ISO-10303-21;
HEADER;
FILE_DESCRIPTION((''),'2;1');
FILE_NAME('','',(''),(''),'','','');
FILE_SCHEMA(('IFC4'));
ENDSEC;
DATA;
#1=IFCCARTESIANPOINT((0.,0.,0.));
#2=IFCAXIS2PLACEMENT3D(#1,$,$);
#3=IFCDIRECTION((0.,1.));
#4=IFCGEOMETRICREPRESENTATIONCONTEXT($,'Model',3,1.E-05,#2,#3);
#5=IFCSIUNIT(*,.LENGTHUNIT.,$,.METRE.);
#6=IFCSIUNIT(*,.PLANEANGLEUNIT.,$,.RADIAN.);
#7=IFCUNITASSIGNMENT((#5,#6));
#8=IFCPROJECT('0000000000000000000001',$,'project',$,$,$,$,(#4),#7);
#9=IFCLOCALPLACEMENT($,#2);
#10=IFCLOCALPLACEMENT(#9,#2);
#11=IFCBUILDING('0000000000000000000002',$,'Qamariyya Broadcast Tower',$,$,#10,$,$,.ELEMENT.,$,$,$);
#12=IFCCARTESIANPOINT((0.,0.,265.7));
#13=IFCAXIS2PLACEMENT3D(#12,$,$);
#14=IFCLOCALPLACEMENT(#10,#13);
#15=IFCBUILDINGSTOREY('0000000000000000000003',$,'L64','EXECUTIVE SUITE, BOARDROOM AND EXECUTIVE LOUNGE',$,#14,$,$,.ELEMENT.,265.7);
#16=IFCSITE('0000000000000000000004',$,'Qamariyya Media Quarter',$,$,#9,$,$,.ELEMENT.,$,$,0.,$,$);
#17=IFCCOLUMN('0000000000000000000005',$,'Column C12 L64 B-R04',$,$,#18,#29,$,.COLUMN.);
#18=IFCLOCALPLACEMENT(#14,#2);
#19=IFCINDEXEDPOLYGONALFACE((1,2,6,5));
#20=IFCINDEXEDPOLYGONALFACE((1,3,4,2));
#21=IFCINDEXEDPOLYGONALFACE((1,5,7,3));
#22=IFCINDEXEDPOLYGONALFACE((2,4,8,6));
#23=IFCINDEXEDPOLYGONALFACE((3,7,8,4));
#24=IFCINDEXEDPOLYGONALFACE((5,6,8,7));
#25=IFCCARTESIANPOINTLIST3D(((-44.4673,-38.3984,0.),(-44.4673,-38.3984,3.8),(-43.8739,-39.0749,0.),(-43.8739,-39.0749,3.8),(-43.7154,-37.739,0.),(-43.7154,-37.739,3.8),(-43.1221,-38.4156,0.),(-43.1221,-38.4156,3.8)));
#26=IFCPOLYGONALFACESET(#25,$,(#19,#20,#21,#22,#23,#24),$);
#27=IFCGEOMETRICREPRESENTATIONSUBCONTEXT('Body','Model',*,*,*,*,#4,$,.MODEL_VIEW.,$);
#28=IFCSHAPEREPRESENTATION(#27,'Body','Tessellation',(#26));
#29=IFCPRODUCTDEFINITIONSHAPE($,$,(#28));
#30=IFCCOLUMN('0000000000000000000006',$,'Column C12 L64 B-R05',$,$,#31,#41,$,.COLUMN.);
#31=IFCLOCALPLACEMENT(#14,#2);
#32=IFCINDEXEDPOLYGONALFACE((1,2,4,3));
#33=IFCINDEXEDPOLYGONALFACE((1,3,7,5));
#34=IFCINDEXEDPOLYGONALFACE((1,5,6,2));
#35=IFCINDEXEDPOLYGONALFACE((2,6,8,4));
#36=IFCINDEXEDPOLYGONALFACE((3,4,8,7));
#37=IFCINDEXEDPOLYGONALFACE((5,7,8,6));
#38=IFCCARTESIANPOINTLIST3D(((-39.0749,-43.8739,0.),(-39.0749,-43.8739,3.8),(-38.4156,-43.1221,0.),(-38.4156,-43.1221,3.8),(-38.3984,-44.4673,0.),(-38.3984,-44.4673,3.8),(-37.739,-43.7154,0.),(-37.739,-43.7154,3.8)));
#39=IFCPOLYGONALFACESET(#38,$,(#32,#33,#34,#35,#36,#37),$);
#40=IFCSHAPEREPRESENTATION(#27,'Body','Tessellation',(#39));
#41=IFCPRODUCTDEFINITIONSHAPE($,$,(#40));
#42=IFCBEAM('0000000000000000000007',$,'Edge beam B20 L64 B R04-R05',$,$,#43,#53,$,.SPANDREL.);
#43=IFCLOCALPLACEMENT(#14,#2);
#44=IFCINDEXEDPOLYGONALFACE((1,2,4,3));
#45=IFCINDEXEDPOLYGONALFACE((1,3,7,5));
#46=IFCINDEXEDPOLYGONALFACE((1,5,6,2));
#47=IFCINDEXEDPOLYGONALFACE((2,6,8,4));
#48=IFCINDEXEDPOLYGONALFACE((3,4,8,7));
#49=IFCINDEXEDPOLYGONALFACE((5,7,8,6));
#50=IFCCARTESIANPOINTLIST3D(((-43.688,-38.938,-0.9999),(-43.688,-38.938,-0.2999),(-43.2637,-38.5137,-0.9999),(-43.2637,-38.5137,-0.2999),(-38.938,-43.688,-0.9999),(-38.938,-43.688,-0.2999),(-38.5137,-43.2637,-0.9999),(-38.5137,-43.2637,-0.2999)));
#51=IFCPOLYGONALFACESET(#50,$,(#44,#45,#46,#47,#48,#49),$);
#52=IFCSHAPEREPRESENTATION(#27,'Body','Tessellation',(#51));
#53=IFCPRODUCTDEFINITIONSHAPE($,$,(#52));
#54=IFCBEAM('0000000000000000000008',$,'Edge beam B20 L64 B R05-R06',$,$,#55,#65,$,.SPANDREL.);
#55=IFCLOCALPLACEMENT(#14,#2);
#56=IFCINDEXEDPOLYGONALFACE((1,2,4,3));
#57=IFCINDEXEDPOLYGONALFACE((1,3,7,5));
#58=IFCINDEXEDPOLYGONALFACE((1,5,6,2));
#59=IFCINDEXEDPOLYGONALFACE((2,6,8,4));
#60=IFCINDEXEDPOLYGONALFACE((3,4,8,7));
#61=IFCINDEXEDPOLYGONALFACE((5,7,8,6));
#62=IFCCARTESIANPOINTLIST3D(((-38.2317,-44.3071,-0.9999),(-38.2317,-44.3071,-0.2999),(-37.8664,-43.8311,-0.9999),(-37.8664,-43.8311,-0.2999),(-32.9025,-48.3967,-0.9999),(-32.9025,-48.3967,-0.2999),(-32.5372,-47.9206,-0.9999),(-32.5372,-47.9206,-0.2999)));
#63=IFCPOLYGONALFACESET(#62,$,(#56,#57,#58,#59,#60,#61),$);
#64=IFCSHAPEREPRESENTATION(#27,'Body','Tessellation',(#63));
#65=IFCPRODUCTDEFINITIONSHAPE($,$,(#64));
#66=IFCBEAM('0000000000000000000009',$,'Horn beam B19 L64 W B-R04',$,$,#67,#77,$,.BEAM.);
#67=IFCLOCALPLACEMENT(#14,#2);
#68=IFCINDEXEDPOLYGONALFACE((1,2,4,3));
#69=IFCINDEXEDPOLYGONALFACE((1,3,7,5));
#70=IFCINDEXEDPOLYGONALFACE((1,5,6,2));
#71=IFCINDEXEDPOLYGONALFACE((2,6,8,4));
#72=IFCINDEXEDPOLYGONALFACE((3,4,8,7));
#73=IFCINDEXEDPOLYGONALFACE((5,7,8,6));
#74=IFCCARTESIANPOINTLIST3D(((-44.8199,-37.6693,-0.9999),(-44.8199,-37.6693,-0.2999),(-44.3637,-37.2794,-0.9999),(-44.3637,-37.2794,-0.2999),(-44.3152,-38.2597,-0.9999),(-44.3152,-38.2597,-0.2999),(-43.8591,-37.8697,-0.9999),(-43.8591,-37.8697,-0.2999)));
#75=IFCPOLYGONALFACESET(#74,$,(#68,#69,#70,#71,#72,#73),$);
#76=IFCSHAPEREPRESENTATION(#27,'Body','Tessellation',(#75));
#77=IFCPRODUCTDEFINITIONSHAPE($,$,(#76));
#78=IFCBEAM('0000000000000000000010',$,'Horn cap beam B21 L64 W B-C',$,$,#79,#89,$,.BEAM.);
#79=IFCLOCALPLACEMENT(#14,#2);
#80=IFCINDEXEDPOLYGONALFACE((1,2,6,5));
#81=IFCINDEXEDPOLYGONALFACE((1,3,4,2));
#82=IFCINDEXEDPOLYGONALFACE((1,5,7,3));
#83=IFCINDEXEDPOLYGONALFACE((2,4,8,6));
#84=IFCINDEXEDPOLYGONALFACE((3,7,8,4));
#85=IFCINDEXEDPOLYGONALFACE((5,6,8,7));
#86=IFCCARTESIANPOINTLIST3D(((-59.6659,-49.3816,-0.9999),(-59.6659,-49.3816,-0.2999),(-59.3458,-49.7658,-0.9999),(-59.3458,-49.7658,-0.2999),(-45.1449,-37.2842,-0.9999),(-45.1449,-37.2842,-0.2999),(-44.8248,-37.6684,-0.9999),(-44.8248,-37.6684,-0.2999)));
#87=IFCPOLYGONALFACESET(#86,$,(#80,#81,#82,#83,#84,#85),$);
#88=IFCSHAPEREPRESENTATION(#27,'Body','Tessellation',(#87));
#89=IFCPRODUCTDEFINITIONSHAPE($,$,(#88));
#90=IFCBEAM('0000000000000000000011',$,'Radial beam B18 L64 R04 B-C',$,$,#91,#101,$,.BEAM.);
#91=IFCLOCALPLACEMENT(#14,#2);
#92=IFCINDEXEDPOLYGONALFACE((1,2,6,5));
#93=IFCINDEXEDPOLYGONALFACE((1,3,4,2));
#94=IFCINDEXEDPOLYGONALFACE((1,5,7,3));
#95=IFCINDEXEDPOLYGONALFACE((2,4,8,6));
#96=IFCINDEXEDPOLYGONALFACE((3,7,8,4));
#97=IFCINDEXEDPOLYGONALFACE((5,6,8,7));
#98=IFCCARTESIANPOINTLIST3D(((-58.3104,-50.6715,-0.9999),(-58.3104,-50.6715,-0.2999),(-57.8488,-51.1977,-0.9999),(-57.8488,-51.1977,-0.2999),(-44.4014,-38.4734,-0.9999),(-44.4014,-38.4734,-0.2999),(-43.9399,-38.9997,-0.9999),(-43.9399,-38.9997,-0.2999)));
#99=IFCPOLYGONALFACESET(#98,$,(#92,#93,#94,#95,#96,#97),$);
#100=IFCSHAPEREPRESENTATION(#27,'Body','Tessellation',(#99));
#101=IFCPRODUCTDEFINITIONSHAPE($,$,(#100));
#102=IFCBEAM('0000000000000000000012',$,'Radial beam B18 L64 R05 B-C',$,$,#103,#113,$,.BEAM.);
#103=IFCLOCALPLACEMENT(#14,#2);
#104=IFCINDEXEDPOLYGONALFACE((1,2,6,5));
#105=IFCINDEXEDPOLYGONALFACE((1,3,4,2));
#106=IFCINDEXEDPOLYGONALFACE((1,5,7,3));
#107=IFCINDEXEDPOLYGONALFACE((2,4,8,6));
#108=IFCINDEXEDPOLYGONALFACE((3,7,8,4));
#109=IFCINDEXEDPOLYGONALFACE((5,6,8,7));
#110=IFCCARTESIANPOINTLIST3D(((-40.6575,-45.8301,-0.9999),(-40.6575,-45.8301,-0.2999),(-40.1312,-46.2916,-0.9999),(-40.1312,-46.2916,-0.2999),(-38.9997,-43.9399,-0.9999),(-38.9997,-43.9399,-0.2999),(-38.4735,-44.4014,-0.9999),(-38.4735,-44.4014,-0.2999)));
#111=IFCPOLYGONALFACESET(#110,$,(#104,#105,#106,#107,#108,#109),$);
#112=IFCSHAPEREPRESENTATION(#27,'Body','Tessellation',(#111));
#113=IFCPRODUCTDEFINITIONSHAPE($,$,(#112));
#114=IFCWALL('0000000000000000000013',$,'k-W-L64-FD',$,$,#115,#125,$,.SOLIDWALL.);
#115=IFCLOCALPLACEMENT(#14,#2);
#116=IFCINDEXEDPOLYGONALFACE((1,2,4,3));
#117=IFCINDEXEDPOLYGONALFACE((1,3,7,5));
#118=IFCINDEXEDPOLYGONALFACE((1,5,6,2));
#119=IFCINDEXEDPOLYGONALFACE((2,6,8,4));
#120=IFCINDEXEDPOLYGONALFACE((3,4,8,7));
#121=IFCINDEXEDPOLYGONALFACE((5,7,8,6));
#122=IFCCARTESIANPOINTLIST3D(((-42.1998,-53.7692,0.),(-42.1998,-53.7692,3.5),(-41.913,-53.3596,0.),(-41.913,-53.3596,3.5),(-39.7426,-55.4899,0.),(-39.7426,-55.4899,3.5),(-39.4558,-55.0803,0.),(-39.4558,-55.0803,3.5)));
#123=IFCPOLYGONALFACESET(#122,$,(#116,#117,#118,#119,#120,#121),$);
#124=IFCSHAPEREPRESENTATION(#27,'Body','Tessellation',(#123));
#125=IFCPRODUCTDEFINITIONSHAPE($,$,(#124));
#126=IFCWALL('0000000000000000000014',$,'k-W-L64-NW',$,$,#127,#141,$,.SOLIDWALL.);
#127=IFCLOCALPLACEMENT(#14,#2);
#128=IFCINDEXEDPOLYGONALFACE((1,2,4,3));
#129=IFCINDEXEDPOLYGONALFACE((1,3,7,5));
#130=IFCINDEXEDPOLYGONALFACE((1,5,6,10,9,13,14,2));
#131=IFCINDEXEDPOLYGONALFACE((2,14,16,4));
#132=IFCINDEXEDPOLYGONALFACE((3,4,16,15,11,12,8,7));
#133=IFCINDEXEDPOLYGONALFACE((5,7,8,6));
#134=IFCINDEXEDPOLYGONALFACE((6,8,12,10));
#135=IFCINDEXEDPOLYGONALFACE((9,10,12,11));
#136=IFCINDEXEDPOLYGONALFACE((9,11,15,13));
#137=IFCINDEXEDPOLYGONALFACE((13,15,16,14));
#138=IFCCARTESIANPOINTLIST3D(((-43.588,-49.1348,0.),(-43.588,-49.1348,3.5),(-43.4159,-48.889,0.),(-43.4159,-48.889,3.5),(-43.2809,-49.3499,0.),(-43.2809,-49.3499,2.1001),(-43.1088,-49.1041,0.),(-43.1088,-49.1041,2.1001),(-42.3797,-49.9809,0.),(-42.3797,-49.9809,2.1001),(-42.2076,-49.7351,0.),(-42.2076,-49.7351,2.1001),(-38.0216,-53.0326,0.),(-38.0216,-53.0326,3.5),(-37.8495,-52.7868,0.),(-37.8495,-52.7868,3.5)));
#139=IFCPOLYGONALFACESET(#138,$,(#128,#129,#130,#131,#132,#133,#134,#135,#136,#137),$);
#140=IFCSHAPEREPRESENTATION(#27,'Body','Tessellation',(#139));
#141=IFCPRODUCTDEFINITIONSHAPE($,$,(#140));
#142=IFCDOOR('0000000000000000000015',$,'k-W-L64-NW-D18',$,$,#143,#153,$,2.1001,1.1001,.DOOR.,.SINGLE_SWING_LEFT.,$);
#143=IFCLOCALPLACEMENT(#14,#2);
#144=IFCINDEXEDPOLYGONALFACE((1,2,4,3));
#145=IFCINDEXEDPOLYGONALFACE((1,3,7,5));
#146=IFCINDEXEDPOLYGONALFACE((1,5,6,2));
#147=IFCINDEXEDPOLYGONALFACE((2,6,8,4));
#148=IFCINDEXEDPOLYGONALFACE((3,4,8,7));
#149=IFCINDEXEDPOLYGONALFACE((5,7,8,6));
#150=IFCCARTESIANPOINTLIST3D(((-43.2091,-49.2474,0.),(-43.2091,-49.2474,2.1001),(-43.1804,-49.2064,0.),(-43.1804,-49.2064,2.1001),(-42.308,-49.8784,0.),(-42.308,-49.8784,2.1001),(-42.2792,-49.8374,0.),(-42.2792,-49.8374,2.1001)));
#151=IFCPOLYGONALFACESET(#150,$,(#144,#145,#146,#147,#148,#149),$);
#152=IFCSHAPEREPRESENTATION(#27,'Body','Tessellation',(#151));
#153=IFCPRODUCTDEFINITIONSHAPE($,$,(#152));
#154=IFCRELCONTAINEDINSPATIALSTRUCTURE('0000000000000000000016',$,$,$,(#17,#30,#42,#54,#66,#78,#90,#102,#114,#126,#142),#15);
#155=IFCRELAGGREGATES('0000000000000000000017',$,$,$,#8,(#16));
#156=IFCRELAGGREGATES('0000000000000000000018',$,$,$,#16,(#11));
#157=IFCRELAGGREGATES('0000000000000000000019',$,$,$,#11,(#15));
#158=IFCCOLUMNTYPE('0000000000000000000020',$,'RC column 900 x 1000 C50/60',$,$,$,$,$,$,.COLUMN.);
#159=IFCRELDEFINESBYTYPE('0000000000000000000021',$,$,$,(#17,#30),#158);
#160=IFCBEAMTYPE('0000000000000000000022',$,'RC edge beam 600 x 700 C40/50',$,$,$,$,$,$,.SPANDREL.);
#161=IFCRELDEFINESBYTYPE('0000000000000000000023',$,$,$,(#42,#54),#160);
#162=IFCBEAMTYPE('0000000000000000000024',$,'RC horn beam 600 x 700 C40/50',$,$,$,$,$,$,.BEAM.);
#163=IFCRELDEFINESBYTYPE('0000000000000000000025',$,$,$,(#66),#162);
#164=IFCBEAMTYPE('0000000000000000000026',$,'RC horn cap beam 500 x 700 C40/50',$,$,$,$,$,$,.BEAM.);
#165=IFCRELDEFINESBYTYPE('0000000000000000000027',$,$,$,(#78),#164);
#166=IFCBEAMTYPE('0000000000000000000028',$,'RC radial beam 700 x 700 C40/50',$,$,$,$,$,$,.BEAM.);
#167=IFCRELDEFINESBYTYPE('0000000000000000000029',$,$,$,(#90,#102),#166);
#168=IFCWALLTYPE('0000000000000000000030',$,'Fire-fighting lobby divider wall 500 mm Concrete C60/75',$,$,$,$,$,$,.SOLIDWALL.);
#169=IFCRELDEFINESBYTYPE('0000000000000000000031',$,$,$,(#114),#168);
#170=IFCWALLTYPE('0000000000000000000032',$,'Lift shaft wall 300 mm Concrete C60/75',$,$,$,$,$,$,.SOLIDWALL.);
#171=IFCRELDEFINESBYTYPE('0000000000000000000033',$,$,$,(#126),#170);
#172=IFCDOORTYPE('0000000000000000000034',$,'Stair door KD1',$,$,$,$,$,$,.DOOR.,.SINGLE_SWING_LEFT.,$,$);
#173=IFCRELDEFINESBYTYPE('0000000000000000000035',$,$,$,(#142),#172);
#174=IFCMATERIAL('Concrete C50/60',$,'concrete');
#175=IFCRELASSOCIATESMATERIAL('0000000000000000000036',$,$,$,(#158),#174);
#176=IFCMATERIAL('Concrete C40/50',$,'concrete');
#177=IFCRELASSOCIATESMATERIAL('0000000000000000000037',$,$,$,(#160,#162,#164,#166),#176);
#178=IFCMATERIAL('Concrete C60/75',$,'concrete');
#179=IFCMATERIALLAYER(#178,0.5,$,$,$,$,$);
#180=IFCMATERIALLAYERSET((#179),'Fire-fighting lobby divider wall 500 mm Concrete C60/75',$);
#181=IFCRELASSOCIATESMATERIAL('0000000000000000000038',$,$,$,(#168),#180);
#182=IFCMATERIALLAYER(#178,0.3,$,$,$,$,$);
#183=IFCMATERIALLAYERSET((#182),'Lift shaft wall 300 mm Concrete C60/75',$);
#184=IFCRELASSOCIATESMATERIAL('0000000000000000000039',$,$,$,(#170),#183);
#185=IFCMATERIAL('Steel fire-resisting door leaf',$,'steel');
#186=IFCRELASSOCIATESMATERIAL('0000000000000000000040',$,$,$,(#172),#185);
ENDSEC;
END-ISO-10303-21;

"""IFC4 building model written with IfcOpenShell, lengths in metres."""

from ifc_helpers import new_model, si_unit, direction, frame, frame_2d, origin, origin_2d, place, context, subcontext, project, spatial, rectangle, extrude, material, layer, layer_set, material_profile, profile_set, type_object, element, fill, save


model = new_model("IFC4")

# Units and contexts
model_context = context("Model", 3, precision=1e-05, world=origin(), true_north=direction((0.0, 1.0)))
body_context = subcontext(model_context, "Body", "Model", "MODEL_VIEW")
ifc_project = project(units=[si_unit("LENGTHUNIT", "METRE"), si_unit("PLANEANGLEUNIT", "RADIAN")], contexts=[model_context])

# Site, building, storey
site_placement = place(None, origin())
site = spatial("IfcSite", under=ifc_project, at=site_placement, Name="Qamariyya Media Quarter", CompositionType="ELEMENT", RefElevation=0.0)
building_placement = place(site_placement, origin())
building = spatial("IfcBuilding", under=site, at=building_placement, Name="Qamariyya Broadcast Tower", CompositionType="ELEMENT")
storey_placement = place(building_placement, frame((0.0, 0.0, 265.7)))
storey = spatial("IfcBuildingStorey", under=building, at=storey_placement, Name="L64", Description="EXECUTIVE SUITE, BOARDROOM AND EXECUTIVE LOUNGE", CompositionType="ELEMENT", Elevation=265.7)

# Columns
ifc_material_1 = material(Name="Concrete C50/60", Category="concrete")
ifc_material_profile_1 = material_profile(ifc_material_1, rectangle(XDim=0.8999, YDim=1.0, at=origin_2d()))
ifc_profile_set_1 = profile_set([ifc_material_profile_1], Name="Concrete C50/60")
column_type = type_object("IfcColumnType", Name="RC column 900 x 1000 C50/60", PredefinedType="COLUMN", material=ifc_profile_set_1)
for number, where, z_axis, x_axis, name in (
    (1, (-43.7947, -38.407, 0.0), (0.0, 0.0, 1.0), (0.659346, -0.75184, 0.0), "Column C12 L64 B-R04"),
    (2, (-38.407, -43.7947, 0.0), (0.0, 0.0, 1.0), (0.75184, -0.659346, 0.0), "Column C12 L64 B-R05"),
):
    element("IfcColumn", number, at=place(storey_placement, frame(where, z_axis=z_axis, x_axis=x_axis)), inside=storey, type_object=column_type, Name=name, PredefinedType="COLUMN", context=body_context, shape_type="SweptSolid", body=[
        extrude(rectangle(XDim=0.8999, YDim=1.0, at=origin_2d()), origin(), (0.0, 0.0, 1.0), 3.8),
    ])

# Beams
ifc_material_2 = material(Name="Concrete C40/50", Category="concrete")
ifc_material_profile_2 = material_profile(ifc_material_2, rectangle(XDim=0.6001, YDim=0.7, at=origin_2d()))
ifc_profile_set_2 = profile_set([ifc_material_profile_2], Name="Concrete C40/50")
beam_type_1 = type_object("IfcBeamType", Name="RC edge beam 600 x 700 C40/50", PredefinedType="SPANDREL", material=ifc_profile_set_2)
for number, where, z_axis, x_axis, name in (
    (3, (-43.4758, -38.7258, -0.6499), (0.707107, -0.707107, 0.0), (0.707107, 0.707107, 0.0), "Edge beam B20 L64 B R04-R05"),
    (4, (-38.0491, -44.0691, -0.6499), (0.793335, -0.608785, 0.0), (0.608785, 0.793335, 0.0), "Edge beam B20 L64 B R05-R06"),
):
    element("IfcBeam", number, at=place(storey_placement, frame(where, z_axis=z_axis, x_axis=x_axis)), inside=storey, type_object=beam_type_1, Name=name, PredefinedType="SPANDREL", context=body_context, shape_type="SweptSolid", body=[
        extrude(rectangle(XDim=0.6001, YDim=0.7, at=origin_2d()), origin(), (0.0, 0.0, 1.0), 6.7175),
    ])
ifc_material_profile_3 = material_profile(ifc_material_2, rectangle(XDim=0.6001, YDim=0.7, at=origin_2d()))
ifc_profile_set_3 = profile_set([ifc_material_profile_3], Name="Concrete C40/50")
beam_type_2 = type_object("IfcBeamType", Name="RC horn beam 600 x 700 C40/50", PredefinedType="BEAM", material=ifc_profile_set_3)
beam_1_placement = place(storey_placement, frame((-44.0872, -38.0647, -0.6499), z_axis=(-0.649781, 0.760121, 0.0), x_axis=(-0.760121, -0.649781, 0.0)))
element("IfcBeam", 5, at=beam_1_placement, inside=storey, type_object=beam_type_2, Name="Horn beam B19 L64 W B-R04", PredefinedType="BEAM", context=body_context, shape_type="SweptSolid", body=[
    extrude(rectangle(XDim=0.6001, YDim=0.7, at=origin_2d()), origin(), (0.0, 0.0, 1.0), 0.7766),
])
ifc_material_profile_4 = material_profile(ifc_material_2, rectangle(XDim=0.5, YDim=0.7, at=origin_2d()))
ifc_profile_set_4 = profile_set([ifc_material_profile_4], Name="Concrete C40/50")
beam_type_3 = type_object("IfcBeamType", Name="RC horn cap beam 500 x 700 C40/50", PredefinedType="BEAM", material=ifc_profile_set_4)
beam_2_placement = place(storey_placement, frame((-44.9849, -37.4763, -0.6499), z_axis=(-0.76831, -0.640078, 0.0), x_axis=(0.640078, -0.76831, 0.0)))
element("IfcBeam", 6, at=beam_2_placement, inside=storey, type_object=beam_type_3, Name="Horn cap beam B21 L64 W B-C", PredefinedType="BEAM", context=body_context, shape_type="SweptSolid", body=[
    extrude(rectangle(XDim=0.5, YDim=0.7, at=origin_2d()), origin(), (0.0, 0.0, 1.0), 18.8999),
])
ifc_material_profile_5 = material_profile(ifc_material_2, rectangle(XDim=0.7, YDim=0.7, at=origin_2d()))
ifc_profile_set_5 = profile_set([ifc_material_profile_5], Name="Concrete C40/50")
beam_type_4 = type_object("IfcBeamType", Name="RC radial beam 700 x 700 C40/50", PredefinedType="BEAM", material=ifc_profile_set_5)
beam_3_placement = place(storey_placement, frame((-44.1707, -38.7366, -0.6499), z_axis=(-0.751835, -0.659352, 0.0), x_axis=(0.659352, -0.751835, 0.0)))
element("IfcBeam", 7, at=beam_3_placement, inside=storey, type_object=beam_type_4, Name="Radial beam B18 L64 R04 B-C", PredefinedType="BEAM", context=body_context, shape_type="SweptSolid", body=[
    extrude(rectangle(XDim=0.7, YDim=0.7, at=origin_2d()), origin(), (0.0, 0.0, 1.0), 18.5),
])
beam_4_placement = place(storey_placement, frame((-38.7366, -44.1707, -0.6499), z_axis=(-0.65937, -0.751818, 0.0), x_axis=(0.751818, -0.65937, 0.0)))
element("IfcBeam", 8, at=beam_4_placement, inside=storey, type_object=beam_type_4, Name="Radial beam B18 L64 R05 B-C", PredefinedType="BEAM", context=body_context, shape_type="SweptSolid", body=[
    extrude(rectangle(XDim=0.7, YDim=0.7, at=origin_2d()), origin(), (0.0, 0.0, 1.0), 2.5142),
])

# Wall
ifc_material_3 = material(Name="Concrete C60/75", Category="concrete")
ifc_layer_1 = layer(ifc_material_3, 0.5)
ifc_layer_set_1 = layer_set([ifc_layer_1], Name="Fire-fighting lobby divider wall 500 mm Concrete C60/75")
wall_type_1 = type_object("IfcWallType", Name="Fire-fighting lobby divider wall 500 mm Concrete C60/75", PredefinedType="SOLIDWALL", material=ifc_layer_set_1)
wall_1_placement = place(storey_placement, frame((-39.5991, -55.2852, 0.0), z_axis=(0.0, 0.0, 1.0), x_axis=(-0.819136, 0.573599, 0.0)))
element("IfcWall", 9, at=wall_1_placement, inside=storey, type_object=wall_type_1, Name="k-W-L64-FD", PredefinedType="SOLIDWALL", context=body_context, shape_type="SweptSolid", body=[
    extrude(rectangle(XDim=2.9998, YDim=0.5, at=frame_2d((1.5, 0.0))), origin(), (0.0, 0.0, 1.0), 3.5),
])

# Wall, opening, door
ifc_layer_2 = layer(ifc_material_3, 0.3)
ifc_layer_set_2 = layer_set([ifc_layer_2], Name="Lift shaft wall 300 mm Concrete C60/75")
wall_type_2 = type_object("IfcWallType", Name="Lift shaft wall 300 mm Concrete C60/75", PredefinedType="SOLIDWALL", material=ifc_layer_set_2)
wall_2_placement = place(storey_placement, frame((-37.9355, -52.9097, 0.0), z_axis=(0.0, 0.0, 1.0), x_axis=(-0.819148, 0.573583, 0.0)))
wall_2 = element("IfcWall", 10, at=wall_2_placement, inside=storey, type_object=wall_type_2, Name="k-W-L64-NW", PredefinedType="SOLIDWALL", context=body_context, shape_type="SweptSolid", body=[
    extrude(rectangle(XDim=6.7954, YDim=0.3, at=frame_2d((3.3977, 0.0))), origin(), (0.0, 0.0, 1.0), 3.5),
])
opening_1_placement = place(wall_2_placement, frame((5.3203, 0.0, 0.0)))
opening_1 = element("IfcOpeningElement", 11, at=opening_1_placement, cuts=wall_2, PredefinedType="OPENING", context=body_context, shape_type="SweptSolid", body=[
    extrude(rectangle(XDim=1.1001, YDim=2.1001, at=frame_2d((0.55, 1.05))), frame((0.0, 0.1599, 0.0), z_axis=(0.0, -1.0, 0.0), x_axis=(1.0, 0.0, 0.0)), (0.0, 0.0, 1.0), 0.3201),
])
ifc_material_4 = material(Name="Steel fire-resisting door leaf", Category="steel")
door_type_1 = type_object("IfcDoorType", Name="Stair door KD1", OperationType="SINGLE_SWING_LEFT", PredefinedType="DOOR", material=ifc_material_4)
door_1_placement = place(opening_1_placement, origin())
door_1 = element("IfcDoor", 12, at=door_1_placement, inside=storey, type_object=door_type_1, Name="k-W-L64-NW-D18", OperationType="SINGLE_SWING_LEFT", OverallHeight=2.1001, OverallWidth=1.1001, PredefinedType="DOOR", context=body_context, shape_type="SweptSolid", body=[
    extrude(rectangle(XDim=1.1001, YDim=2.1001, at=frame_2d((0.55, 1.05))), frame((0.0, 0.0249, 0.0), z_axis=(0.0, -1.0, 0.0), x_axis=(1.0, 0.0, 0.0)), (0.0, 0.0, 1.0), 0.05),
])
fill(opening_1, door_1)

save(model, "model.ifc")
